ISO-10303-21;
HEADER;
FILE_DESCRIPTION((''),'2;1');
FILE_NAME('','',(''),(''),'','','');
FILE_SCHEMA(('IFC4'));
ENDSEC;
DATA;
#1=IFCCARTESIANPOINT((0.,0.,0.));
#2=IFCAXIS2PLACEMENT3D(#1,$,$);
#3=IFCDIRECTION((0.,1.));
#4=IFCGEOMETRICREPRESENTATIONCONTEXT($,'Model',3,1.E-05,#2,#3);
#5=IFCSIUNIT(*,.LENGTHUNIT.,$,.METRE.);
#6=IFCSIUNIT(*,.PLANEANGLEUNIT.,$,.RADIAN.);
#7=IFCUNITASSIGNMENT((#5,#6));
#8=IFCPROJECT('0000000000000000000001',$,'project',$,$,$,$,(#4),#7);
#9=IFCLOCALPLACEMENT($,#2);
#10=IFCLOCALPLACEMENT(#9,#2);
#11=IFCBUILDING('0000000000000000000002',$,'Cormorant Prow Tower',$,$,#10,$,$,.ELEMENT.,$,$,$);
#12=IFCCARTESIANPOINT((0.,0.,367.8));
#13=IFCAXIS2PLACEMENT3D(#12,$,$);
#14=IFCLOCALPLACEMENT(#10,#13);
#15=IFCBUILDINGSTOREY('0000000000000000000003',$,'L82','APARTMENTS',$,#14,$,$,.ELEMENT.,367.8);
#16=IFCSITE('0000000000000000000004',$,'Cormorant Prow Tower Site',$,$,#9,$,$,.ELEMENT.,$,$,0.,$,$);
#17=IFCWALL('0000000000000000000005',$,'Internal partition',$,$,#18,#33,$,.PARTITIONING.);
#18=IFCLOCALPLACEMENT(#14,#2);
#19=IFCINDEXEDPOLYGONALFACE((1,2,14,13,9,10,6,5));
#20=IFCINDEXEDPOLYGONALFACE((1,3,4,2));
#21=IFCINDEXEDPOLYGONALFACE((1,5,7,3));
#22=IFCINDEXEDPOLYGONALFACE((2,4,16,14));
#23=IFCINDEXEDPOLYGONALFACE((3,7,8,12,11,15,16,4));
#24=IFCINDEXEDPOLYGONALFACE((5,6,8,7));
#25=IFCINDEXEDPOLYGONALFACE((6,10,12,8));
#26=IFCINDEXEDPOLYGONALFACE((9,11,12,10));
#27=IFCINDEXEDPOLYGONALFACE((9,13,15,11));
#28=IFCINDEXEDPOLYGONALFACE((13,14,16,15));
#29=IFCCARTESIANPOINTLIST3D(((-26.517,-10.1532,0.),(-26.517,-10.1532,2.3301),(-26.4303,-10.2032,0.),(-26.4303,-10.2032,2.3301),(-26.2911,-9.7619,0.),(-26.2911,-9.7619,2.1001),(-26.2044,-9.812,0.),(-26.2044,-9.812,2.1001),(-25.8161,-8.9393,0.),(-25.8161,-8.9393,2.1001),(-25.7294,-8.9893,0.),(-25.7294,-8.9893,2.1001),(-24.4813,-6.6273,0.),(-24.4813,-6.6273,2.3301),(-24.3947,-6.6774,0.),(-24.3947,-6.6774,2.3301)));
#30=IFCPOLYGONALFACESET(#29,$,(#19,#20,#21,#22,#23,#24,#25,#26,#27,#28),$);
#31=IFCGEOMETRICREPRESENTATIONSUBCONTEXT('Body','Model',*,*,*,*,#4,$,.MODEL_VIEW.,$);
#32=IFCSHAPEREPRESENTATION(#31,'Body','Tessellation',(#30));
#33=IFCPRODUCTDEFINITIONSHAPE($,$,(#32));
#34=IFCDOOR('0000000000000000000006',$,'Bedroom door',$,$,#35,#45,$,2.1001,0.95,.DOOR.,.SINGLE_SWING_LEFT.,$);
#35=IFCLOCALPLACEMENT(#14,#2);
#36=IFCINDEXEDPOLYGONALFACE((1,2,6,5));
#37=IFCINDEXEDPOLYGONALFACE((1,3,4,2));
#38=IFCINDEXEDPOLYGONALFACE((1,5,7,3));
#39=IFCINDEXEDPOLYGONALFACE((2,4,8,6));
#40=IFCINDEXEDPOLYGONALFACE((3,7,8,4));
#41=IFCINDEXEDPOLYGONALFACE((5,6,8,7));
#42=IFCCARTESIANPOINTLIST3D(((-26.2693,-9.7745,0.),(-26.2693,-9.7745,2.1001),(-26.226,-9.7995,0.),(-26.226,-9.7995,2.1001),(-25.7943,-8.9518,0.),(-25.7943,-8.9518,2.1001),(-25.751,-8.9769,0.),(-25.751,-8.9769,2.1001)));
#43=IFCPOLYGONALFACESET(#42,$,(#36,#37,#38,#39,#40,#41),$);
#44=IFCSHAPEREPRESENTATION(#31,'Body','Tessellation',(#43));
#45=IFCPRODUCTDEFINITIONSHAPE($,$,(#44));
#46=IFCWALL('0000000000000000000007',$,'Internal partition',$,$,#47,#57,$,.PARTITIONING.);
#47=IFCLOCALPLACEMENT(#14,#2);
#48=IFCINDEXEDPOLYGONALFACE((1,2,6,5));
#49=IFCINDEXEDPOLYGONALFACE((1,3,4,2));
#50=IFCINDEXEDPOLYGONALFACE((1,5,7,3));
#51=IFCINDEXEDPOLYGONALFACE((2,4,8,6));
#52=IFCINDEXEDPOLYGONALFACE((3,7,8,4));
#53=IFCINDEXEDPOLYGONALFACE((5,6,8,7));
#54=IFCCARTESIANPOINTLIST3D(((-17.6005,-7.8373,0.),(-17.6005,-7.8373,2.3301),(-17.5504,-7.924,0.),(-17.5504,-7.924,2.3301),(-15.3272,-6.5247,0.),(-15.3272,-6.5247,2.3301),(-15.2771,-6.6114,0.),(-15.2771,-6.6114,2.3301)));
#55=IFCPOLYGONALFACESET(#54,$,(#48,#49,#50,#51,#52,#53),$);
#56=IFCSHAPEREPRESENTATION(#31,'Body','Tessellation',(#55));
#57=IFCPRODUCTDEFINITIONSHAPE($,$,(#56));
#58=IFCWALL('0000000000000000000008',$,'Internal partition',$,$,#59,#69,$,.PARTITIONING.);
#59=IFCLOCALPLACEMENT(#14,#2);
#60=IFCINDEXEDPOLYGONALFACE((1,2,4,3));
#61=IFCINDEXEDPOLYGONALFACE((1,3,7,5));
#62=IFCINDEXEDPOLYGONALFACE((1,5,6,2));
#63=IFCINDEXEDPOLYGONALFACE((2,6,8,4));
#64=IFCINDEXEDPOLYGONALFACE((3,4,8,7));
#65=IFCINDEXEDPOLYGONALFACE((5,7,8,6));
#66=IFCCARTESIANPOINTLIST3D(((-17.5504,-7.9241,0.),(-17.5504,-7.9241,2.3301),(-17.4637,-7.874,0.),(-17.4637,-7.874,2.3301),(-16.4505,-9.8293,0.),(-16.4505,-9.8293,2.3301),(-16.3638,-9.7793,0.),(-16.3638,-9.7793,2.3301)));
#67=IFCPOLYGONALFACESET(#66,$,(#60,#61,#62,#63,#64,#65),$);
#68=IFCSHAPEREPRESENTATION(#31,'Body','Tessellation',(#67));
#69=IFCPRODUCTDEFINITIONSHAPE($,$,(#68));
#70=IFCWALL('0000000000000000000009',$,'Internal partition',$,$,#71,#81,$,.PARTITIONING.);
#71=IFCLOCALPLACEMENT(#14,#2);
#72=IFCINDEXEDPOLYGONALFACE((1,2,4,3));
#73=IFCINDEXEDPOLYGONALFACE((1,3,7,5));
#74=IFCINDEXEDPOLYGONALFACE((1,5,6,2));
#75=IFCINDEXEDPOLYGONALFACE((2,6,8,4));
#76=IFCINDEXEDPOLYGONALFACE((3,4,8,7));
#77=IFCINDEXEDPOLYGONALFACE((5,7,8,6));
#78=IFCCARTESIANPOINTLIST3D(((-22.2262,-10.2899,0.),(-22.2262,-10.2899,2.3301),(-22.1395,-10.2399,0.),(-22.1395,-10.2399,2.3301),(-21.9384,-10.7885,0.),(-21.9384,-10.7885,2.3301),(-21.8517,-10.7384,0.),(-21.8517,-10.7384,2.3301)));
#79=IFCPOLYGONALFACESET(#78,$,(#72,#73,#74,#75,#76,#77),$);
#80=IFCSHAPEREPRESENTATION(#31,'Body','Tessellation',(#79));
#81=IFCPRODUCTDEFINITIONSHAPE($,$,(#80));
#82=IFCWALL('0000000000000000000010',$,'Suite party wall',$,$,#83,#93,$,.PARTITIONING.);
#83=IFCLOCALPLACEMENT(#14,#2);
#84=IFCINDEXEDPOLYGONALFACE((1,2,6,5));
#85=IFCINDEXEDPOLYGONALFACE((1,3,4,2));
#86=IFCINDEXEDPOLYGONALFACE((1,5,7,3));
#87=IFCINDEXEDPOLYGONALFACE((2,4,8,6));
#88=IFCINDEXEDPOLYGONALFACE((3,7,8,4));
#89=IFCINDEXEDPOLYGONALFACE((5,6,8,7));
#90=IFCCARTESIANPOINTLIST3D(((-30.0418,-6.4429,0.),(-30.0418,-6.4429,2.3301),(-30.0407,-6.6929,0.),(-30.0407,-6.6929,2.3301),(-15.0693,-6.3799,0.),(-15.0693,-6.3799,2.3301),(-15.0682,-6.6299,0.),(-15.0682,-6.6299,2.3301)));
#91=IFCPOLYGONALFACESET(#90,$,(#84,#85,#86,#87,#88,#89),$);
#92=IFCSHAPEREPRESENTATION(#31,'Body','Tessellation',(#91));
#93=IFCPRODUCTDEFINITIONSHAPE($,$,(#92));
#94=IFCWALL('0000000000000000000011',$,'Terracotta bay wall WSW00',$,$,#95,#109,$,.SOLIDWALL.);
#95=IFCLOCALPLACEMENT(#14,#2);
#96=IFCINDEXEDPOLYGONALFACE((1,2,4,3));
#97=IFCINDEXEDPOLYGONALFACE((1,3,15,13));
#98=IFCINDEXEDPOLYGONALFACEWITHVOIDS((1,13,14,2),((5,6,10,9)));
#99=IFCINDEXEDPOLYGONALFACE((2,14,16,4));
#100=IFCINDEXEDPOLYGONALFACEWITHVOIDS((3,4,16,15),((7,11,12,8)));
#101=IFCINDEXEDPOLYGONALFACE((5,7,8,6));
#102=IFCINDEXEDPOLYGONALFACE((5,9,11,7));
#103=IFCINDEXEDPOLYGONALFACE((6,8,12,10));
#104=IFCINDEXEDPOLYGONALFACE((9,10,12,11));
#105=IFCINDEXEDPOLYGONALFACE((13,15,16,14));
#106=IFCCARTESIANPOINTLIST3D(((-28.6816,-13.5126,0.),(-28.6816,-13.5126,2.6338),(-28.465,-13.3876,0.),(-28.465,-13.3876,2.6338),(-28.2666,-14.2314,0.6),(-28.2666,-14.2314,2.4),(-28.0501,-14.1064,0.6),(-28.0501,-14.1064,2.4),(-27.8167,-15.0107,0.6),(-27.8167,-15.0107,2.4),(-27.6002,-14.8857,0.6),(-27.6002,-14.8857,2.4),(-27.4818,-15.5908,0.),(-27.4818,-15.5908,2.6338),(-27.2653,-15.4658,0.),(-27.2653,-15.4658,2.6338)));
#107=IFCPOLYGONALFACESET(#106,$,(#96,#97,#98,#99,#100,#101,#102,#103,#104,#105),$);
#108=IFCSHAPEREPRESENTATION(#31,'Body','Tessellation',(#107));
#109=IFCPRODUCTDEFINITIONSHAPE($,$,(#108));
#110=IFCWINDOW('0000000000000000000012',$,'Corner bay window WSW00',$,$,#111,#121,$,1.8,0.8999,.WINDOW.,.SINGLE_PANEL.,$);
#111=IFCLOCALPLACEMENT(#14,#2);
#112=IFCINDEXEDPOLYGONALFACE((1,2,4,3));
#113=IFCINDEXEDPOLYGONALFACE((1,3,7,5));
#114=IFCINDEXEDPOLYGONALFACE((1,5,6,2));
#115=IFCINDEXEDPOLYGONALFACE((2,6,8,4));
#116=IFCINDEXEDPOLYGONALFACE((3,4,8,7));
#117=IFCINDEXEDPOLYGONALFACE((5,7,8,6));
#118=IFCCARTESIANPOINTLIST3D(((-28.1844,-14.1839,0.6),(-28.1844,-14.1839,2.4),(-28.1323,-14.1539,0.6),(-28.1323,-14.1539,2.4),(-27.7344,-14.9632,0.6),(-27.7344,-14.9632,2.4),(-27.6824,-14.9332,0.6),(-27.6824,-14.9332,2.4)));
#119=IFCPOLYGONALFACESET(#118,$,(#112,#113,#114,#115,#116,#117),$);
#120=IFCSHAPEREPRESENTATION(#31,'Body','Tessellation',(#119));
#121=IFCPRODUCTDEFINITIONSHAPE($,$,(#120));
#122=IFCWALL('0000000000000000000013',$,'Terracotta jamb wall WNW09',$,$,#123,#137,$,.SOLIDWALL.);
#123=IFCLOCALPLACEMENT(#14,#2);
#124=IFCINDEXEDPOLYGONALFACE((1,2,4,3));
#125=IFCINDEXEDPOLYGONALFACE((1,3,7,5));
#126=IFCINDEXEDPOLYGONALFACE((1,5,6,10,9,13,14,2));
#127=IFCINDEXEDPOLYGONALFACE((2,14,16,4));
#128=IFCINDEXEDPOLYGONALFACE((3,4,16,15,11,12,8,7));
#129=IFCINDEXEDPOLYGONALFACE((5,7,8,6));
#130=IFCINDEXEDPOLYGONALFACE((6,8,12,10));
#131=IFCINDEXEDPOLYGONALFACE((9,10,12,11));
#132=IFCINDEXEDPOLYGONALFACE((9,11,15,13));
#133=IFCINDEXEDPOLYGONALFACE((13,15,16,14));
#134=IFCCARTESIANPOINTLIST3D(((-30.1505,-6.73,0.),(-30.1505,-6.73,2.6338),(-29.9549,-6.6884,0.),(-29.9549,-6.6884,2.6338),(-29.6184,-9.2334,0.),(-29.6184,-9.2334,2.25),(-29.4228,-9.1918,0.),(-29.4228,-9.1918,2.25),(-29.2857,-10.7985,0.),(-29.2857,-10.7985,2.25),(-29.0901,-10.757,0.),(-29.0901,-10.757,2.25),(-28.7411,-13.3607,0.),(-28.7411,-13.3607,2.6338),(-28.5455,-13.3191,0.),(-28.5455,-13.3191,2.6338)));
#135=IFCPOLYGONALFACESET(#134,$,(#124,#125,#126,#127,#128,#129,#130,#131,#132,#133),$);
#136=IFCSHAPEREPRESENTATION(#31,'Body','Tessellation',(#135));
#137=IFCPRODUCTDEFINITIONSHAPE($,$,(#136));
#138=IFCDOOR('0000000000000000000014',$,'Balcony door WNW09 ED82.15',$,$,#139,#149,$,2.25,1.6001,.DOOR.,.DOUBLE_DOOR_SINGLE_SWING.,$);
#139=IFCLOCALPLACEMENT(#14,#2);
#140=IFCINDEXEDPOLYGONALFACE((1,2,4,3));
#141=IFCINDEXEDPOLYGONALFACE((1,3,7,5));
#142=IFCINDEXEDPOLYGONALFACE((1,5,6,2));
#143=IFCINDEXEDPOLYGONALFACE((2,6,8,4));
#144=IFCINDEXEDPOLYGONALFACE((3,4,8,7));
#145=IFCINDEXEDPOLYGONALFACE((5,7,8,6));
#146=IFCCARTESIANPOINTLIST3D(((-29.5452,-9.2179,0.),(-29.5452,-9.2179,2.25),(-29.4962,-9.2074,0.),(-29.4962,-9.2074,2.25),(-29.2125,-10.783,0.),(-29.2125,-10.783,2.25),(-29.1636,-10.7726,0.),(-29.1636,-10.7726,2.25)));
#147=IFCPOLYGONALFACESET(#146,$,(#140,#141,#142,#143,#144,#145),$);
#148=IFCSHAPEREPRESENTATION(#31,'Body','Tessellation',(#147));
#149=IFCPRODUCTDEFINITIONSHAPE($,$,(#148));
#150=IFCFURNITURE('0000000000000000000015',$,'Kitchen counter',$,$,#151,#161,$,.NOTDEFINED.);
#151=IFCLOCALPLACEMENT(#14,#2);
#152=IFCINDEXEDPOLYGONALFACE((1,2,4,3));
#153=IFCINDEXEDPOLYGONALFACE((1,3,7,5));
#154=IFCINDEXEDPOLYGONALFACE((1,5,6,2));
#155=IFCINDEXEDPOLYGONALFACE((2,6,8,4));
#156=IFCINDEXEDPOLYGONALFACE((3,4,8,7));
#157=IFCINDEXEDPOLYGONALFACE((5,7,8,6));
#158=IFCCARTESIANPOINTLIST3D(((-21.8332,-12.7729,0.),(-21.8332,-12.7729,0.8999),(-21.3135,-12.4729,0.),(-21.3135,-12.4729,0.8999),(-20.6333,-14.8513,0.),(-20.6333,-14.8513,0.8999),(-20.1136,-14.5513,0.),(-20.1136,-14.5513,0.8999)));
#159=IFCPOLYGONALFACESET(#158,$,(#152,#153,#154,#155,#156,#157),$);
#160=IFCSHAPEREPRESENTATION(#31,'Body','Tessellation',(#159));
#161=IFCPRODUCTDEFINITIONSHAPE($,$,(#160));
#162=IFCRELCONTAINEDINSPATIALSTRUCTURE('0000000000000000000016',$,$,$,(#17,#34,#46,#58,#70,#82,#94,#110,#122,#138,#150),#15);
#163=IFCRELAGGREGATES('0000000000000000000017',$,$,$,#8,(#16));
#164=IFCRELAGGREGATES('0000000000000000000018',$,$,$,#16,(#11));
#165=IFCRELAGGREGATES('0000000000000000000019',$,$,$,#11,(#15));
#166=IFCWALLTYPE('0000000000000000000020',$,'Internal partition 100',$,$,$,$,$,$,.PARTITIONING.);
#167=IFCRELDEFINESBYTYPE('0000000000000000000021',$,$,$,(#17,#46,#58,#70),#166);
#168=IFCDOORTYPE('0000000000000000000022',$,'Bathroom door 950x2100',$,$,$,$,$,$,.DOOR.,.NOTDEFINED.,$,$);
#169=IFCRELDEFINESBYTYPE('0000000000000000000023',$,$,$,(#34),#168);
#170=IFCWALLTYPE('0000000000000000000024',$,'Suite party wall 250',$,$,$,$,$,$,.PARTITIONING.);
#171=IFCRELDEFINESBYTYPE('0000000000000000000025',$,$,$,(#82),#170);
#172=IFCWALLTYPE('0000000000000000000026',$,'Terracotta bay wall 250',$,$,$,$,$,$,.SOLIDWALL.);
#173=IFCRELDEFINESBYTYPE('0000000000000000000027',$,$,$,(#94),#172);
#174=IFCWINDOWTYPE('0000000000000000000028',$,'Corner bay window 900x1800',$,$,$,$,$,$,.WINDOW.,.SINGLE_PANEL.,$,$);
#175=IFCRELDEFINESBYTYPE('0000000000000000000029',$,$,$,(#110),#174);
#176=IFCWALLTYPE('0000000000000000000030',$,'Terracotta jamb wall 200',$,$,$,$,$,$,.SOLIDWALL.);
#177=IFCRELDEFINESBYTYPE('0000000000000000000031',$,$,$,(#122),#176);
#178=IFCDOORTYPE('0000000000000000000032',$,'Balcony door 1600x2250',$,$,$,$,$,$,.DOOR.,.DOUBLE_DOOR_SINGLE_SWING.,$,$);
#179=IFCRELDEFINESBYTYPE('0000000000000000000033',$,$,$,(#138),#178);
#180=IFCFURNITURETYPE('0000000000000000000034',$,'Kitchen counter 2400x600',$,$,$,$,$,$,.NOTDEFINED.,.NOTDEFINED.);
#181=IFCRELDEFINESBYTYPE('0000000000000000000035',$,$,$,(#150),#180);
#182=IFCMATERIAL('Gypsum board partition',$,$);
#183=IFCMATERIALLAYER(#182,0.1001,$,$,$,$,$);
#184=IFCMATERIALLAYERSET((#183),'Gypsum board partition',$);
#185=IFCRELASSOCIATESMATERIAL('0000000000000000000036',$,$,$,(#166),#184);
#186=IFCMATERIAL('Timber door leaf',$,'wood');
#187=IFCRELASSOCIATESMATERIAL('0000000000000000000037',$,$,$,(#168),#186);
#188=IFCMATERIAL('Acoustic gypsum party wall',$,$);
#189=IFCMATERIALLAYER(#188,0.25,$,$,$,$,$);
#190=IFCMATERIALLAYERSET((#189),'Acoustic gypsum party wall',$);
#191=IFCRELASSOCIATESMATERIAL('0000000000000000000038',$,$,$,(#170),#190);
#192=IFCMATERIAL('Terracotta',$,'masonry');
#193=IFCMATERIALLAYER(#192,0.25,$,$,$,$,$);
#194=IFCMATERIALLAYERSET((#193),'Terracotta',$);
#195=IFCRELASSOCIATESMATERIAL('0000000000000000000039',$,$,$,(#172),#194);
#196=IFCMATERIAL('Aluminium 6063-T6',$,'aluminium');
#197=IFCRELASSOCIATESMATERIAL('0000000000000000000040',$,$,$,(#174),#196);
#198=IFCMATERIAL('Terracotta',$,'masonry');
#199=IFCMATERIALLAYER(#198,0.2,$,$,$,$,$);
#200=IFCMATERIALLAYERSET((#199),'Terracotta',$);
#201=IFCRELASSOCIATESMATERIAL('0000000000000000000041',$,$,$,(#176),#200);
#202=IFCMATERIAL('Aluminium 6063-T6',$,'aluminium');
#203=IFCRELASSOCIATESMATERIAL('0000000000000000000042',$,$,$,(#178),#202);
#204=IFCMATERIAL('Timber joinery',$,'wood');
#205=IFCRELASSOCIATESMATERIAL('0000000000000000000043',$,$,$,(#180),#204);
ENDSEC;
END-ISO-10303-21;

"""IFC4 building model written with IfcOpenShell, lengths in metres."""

from ifc_helpers import new_model, si_unit, direction, frame, frame_2d, origin, origin_2d, place, context, subcontext, project, spatial, rectangle, extrude, material, layer, layer_set, type_object, element, fill, save


model = new_model("IFC4")

# Units and contexts
model_context = context("Model", 3, precision=1e-05, world=origin(), true_north=direction((0.0, 1.0)))
body_context = subcontext(model_context, "Body", "Model", "MODEL_VIEW")
ifc_project = project(units=[si_unit("LENGTHUNIT", "METRE"), si_unit("PLANEANGLEUNIT", "RADIAN")], contexts=[model_context])

# Site, building, storey
site_placement = place(None, origin())
site = spatial("IfcSite", under=ifc_project, at=site_placement, Name="Cormorant Prow Tower Site", CompositionType="ELEMENT", RefElevation=0.0)
building_placement = place(site_placement, origin())
building = spatial("IfcBuilding", under=site, at=building_placement, Name="Cormorant Prow Tower", CompositionType="ELEMENT")
storey_placement = place(building_placement, frame((0.0, 0.0, 367.8)))
storey = spatial("IfcBuildingStorey", under=building, at=storey_placement, Name="L82", Description="APARTMENTS", CompositionType="ELEMENT", Elevation=367.8)

# Shared definitions
ifc_material_1 = material(Name="Gypsum board partition")
ifc_layer_1 = layer(ifc_material_1, 0.1001)
ifc_layer_set_1 = layer_set([ifc_layer_1], Name="Gypsum board partition")
wall_type_1 = type_object("IfcWallType", Name="Internal partition 100", PredefinedType="PARTITIONING", material=ifc_layer_set_1)
ifc_material_2 = material(Name="Timber door leaf", Category="wood")
door_type_1 = type_object("IfcDoorType", Name="Bathroom door 950x2100", OperationType="NOTDEFINED", PredefinedType="DOOR", material=ifc_material_2)

# Wall, opening, door
wall_1_placement = place(storey_placement, frame((-26.4736, -10.1782, 0.0), z_axis=(0.0, 0.0, 1.0), x_axis=(0.499996, 0.866028, 0.0)))
wall_1 = element("IfcWall", 1, at=wall_1_placement, inside=storey, type_object=wall_type_1, Name="Internal partition", PredefinedType="PARTITIONING", context=body_context, shape_type="SweptSolid", body=[
    extrude(rectangle(XDim=4.0713, YDim=0.1001, at=frame_2d((2.0356, 0.0))), origin(), (0.0, 0.0, 1.0), 2.3301),
])
opening_1_placement = place(wall_1_placement, frame((0.4517, 0.0, 0.0)))
opening_1 = element("IfcOpeningElement", 2, at=opening_1_placement, cuts=wall_1, PredefinedType="OPENING", context=body_context, shape_type="SweptSolid", body=[
    extrude(rectangle(XDim=0.95, YDim=2.1001, at=frame_2d((0.4751, 1.05))), frame((0.0, 0.0601, 0.0), z_axis=(0.0, -1.0, 0.0), x_axis=(1.0, 0.0, 0.0)), (0.0, 0.0, 1.0), 0.1201),
])
door_1_placement = place(opening_1_placement, origin())
door_1 = element("IfcDoor", 3, at=door_1_placement, inside=storey, type_object=door_type_1, Name="Bedroom door", OperationType="SINGLE_SWING_LEFT", OverallHeight=2.1001, OverallWidth=0.95, PredefinedType="DOOR", context=body_context, shape_type="SweptSolid", body=[
    extrude(rectangle(XDim=0.95, YDim=2.1001, at=frame_2d((0.4751, 1.05))), frame((0.0, 0.0249, 0.0), z_axis=(0.0, -1.0, 0.0), x_axis=(1.0, 0.0, 0.0)), (0.0, 0.0, 1.0), 0.05),
])
fill(opening_1, door_1)

# Walls
wall_2_placement = place(storey_placement, frame((-17.5754, -7.8806, 0.0), z_axis=(0.0, 0.0, 1.0), x_axis=(0.866014, 0.50002, 0.0)))
element("IfcWall", 4, at=wall_2_placement, inside=storey, type_object=wall_type_1, Name="Internal partition", PredefinedType="PARTITIONING", context=body_context, shape_type="SweptSolid", body=[
    extrude(rectangle(XDim=2.625, YDim=0.1001, at=frame_2d((1.3125, 0.0))), origin(), (0.0, 0.0, 1.0), 2.3301),
])
wall_3_placement = place(storey_placement, frame((-17.5071, -7.8989, 0.0), z_axis=(0.0, 0.0, 1.0), x_axis=(0.499947, -0.866056, 0.0)))
element("IfcWall", 5, at=wall_3_placement, inside=storey, type_object=wall_type_1, Name="Internal partition", PredefinedType="PARTITIONING", context=body_context, shape_type="SweptSolid", body=[
    extrude(rectangle(XDim=2.2, YDim=0.1001, at=frame_2d((1.1001, 0.0))), origin(), (0.0, 0.0, 1.0), 2.3301),
])
wall_4_placement = place(storey_placement, frame((-22.1829, -10.2649, 0.0), z_axis=(0.0, 0.0, 1.0), x_axis=(0.500016, -0.866016, 0.0)))
element("IfcWall", 6, at=wall_4_placement, inside=storey, type_object=wall_type_1, Name="Internal partition", PredefinedType="PARTITIONING", context=body_context, shape_type="SweptSolid", body=[
    extrude(rectangle(XDim=0.5757, YDim=0.1001, at=frame_2d((0.2878, 0.0))), origin(), (0.0, 0.0, 1.0), 2.3301),
])
ifc_material_3 = material(Name="Acoustic gypsum party wall")
ifc_layer_2 = layer(ifc_material_3, 0.25)
ifc_layer_set_2 = layer_set([ifc_layer_2], Name="Acoustic gypsum party wall")
wall_type_2 = type_object("IfcWallType", Name="Suite party wall 250", PredefinedType="PARTITIONING", material=ifc_layer_set_2)
wall_5_placement = place(storey_placement, frame((-30.0413, -6.5679, 0.0), z_axis=(0.0, 0.0, 1.0), x_axis=(0.999991, 0.004207, 0.0)))
element("IfcWall", 7, at=wall_5_placement, inside=storey, type_object=wall_type_2, Name="Suite party wall", PredefinedType="PARTITIONING", context=body_context, shape_type="SweptSolid", body=[
    extrude(rectangle(XDim=14.9727, YDim=0.25, at=frame_2d((7.4863, 0.0))), origin(), (0.0, 0.0, 1.0), 2.3301),
])

# Wall, opening, window
ifc_material_4 = material(Name="Terracotta", Category="masonry")
ifc_layer_3 = layer(ifc_material_4, 0.25)
ifc_layer_set_3 = layer_set([ifc_layer_3], Name="Terracotta")
wall_type_3 = type_object("IfcWallType", Name="Terracotta bay wall 250", PredefinedType="SOLIDWALL", material=ifc_layer_set_3)
wall_6_placement = place(storey_placement, frame((-28.5732, -13.4502, 0.0), z_axis=(0.0, 0.0, 1.0), x_axis=(0.499969, -0.866043, 0.0)))
wall_6 = element("IfcWall", 8, at=wall_6_placement, inside=storey, type_object=wall_type_3, Name="Terracotta bay wall WSW00", PredefinedType="SOLIDWALL", context=body_context, shape_type="SweptSolid", body=[
    extrude(rectangle(XDim=2.3997, YDim=0.25, at=frame_2d((1.1997, 0.0))), origin(), (0.0, 0.0, 1.0), 2.6338),
])
opening_2_placement = place(wall_6_placement, frame((0.8298, 0.0, 0.6001)))
opening_2 = element("IfcOpeningElement", 9, at=opening_2_placement, cuts=wall_6, PredefinedType="OPENING", context=body_context, shape_type="SweptSolid", body=[
    extrude(rectangle(XDim=0.8999, YDim=1.8, at=frame_2d((0.45, 0.8999))), frame((0.0, 0.135, 0.0), z_axis=(0.0, -1.0, 0.0), x_axis=(1.0, 0.0, 0.0)), (0.0, 0.0, 1.0), 0.27),
])
ifc_material_5 = material(Name="Aluminium 6063-T6", Category="aluminium")
window_type = type_object("IfcWindowType", Name="Corner bay window 900x1800", PartitioningType="SINGLE_PANEL", PredefinedType="WINDOW", material=ifc_material_5)
window_placement = place(opening_2_placement, origin())
window = element("IfcWindow", 10, at=window_placement, inside=storey, type_object=window_type, Name="Corner bay window WSW00", OverallHeight=1.8, OverallWidth=0.8999, PartitioningType="SINGLE_PANEL", PredefinedType="WINDOW", context=body_context, shape_type="SweptSolid", body=[
    extrude(rectangle(XDim=0.8999, YDim=1.8, at=frame_2d((0.45, 0.8999))), frame((0.0, 0.03, 0.0), z_axis=(0.0, -1.0, 0.0), x_axis=(1.0, 0.0, 0.0)), (0.0, 0.0, 1.0), 0.0601),
])
fill(opening_2, window)

# Wall, opening, door
ifc_material_6 = material(Name="Terracotta", Category="masonry")
ifc_layer_4 = layer(ifc_material_6, 0.2)
ifc_layer_set_4 = layer_set([ifc_layer_4], Name="Terracotta")
wall_type_4 = type_object("IfcWallType", Name="Terracotta jamb wall 200", PredefinedType="SOLIDWALL", material=ifc_layer_set_4)
wall_7_placement = place(storey_placement, frame((-30.0527, -6.7092, 0.0), z_axis=(0.0, 0.0, 1.0), x_axis=(0.207918, -0.978146, 0.0)))
wall_7 = element("IfcWall", 11, at=wall_7_placement, inside=storey, type_object=wall_type_4, Name="Terracotta jamb wall WNW09", PredefinedType="SOLIDWALL", context=body_context, shape_type="SweptSolid", body=[
    extrude(rectangle(XDim=6.7788, YDim=0.2, at=frame_2d((3.3894, 0.0))), origin(), (0.0, 0.0, 1.0), 2.6338),
])
opening_3_placement = place(wall_7_placement, frame((2.5593, 0.0, 0.0)))
opening_3 = element("IfcOpeningElement", 12, at=opening_3_placement, cuts=wall_7, PredefinedType="OPENING", context=body_context, shape_type="SweptSolid", body=[
    extrude(rectangle(XDim=1.6001, YDim=2.25, at=frame_2d((0.8, 1.125))), frame((0.0, 0.1099, 0.0), z_axis=(0.0, -1.0, 0.0), x_axis=(1.0, 0.0, 0.0)), (0.0, 0.0, 1.0), 0.22),
])
ifc_material_7 = material(Name="Aluminium 6063-T6", Category="aluminium")
door_type_2 = type_object("IfcDoorType", Name="Balcony door 1600x2250", OperationType="DOUBLE_DOOR_SINGLE_SWING", PredefinedType="DOOR", material=ifc_material_7)
door_2_placement = place(opening_3_placement, origin())
door_2 = element("IfcDoor", 13, at=door_2_placement, inside=storey, type_object=door_type_2, Name="Balcony door WNW09 ED82.15", OperationType="DOUBLE_DOOR_SINGLE_SWING", OverallHeight=2.25, OverallWidth=1.6001, PredefinedType="DOOR", context=body_context, shape_type="SweptSolid", body=[
    extrude(rectangle(XDim=1.6001, YDim=2.25, at=frame_2d((0.8, 1.125))), frame((0.0, 0.0249, 0.0), z_axis=(0.0, -1.0, 0.0), x_axis=(1.0, 0.0, 0.0)), (0.0, 0.0, 1.0), 0.05),
])
fill(opening_3, door_2)

# Furniture
ifc_material_8 = material(Name="Timber joinery", Category="wood")
furniture_type = type_object("IfcFurnitureType", Name="Kitchen counter 2400x600", AssemblyPlace="NOTDEFINED", PredefinedType="NOTDEFINED", material=ifc_material_8)
furniture_placement = place(storey_placement, frame((-20.9734, -13.6621, 0.0), z_axis=(0.0, 0.0, 1.0), x_axis=(0.5, -0.866025, 0.0)))
element("IfcFurniture", 14, at=furniture_placement, inside=storey, type_object=furniture_type, Name="Kitchen counter", PredefinedType="NOTDEFINED", context=body_context, shape_type="SweptSolid", body=[
    extrude(rectangle(XDim=2.3999, YDim=0.6001, at=origin_2d()), origin(), (0.0, 0.0, 1.0), 0.8999),
])

save(model, "model.ifc")
